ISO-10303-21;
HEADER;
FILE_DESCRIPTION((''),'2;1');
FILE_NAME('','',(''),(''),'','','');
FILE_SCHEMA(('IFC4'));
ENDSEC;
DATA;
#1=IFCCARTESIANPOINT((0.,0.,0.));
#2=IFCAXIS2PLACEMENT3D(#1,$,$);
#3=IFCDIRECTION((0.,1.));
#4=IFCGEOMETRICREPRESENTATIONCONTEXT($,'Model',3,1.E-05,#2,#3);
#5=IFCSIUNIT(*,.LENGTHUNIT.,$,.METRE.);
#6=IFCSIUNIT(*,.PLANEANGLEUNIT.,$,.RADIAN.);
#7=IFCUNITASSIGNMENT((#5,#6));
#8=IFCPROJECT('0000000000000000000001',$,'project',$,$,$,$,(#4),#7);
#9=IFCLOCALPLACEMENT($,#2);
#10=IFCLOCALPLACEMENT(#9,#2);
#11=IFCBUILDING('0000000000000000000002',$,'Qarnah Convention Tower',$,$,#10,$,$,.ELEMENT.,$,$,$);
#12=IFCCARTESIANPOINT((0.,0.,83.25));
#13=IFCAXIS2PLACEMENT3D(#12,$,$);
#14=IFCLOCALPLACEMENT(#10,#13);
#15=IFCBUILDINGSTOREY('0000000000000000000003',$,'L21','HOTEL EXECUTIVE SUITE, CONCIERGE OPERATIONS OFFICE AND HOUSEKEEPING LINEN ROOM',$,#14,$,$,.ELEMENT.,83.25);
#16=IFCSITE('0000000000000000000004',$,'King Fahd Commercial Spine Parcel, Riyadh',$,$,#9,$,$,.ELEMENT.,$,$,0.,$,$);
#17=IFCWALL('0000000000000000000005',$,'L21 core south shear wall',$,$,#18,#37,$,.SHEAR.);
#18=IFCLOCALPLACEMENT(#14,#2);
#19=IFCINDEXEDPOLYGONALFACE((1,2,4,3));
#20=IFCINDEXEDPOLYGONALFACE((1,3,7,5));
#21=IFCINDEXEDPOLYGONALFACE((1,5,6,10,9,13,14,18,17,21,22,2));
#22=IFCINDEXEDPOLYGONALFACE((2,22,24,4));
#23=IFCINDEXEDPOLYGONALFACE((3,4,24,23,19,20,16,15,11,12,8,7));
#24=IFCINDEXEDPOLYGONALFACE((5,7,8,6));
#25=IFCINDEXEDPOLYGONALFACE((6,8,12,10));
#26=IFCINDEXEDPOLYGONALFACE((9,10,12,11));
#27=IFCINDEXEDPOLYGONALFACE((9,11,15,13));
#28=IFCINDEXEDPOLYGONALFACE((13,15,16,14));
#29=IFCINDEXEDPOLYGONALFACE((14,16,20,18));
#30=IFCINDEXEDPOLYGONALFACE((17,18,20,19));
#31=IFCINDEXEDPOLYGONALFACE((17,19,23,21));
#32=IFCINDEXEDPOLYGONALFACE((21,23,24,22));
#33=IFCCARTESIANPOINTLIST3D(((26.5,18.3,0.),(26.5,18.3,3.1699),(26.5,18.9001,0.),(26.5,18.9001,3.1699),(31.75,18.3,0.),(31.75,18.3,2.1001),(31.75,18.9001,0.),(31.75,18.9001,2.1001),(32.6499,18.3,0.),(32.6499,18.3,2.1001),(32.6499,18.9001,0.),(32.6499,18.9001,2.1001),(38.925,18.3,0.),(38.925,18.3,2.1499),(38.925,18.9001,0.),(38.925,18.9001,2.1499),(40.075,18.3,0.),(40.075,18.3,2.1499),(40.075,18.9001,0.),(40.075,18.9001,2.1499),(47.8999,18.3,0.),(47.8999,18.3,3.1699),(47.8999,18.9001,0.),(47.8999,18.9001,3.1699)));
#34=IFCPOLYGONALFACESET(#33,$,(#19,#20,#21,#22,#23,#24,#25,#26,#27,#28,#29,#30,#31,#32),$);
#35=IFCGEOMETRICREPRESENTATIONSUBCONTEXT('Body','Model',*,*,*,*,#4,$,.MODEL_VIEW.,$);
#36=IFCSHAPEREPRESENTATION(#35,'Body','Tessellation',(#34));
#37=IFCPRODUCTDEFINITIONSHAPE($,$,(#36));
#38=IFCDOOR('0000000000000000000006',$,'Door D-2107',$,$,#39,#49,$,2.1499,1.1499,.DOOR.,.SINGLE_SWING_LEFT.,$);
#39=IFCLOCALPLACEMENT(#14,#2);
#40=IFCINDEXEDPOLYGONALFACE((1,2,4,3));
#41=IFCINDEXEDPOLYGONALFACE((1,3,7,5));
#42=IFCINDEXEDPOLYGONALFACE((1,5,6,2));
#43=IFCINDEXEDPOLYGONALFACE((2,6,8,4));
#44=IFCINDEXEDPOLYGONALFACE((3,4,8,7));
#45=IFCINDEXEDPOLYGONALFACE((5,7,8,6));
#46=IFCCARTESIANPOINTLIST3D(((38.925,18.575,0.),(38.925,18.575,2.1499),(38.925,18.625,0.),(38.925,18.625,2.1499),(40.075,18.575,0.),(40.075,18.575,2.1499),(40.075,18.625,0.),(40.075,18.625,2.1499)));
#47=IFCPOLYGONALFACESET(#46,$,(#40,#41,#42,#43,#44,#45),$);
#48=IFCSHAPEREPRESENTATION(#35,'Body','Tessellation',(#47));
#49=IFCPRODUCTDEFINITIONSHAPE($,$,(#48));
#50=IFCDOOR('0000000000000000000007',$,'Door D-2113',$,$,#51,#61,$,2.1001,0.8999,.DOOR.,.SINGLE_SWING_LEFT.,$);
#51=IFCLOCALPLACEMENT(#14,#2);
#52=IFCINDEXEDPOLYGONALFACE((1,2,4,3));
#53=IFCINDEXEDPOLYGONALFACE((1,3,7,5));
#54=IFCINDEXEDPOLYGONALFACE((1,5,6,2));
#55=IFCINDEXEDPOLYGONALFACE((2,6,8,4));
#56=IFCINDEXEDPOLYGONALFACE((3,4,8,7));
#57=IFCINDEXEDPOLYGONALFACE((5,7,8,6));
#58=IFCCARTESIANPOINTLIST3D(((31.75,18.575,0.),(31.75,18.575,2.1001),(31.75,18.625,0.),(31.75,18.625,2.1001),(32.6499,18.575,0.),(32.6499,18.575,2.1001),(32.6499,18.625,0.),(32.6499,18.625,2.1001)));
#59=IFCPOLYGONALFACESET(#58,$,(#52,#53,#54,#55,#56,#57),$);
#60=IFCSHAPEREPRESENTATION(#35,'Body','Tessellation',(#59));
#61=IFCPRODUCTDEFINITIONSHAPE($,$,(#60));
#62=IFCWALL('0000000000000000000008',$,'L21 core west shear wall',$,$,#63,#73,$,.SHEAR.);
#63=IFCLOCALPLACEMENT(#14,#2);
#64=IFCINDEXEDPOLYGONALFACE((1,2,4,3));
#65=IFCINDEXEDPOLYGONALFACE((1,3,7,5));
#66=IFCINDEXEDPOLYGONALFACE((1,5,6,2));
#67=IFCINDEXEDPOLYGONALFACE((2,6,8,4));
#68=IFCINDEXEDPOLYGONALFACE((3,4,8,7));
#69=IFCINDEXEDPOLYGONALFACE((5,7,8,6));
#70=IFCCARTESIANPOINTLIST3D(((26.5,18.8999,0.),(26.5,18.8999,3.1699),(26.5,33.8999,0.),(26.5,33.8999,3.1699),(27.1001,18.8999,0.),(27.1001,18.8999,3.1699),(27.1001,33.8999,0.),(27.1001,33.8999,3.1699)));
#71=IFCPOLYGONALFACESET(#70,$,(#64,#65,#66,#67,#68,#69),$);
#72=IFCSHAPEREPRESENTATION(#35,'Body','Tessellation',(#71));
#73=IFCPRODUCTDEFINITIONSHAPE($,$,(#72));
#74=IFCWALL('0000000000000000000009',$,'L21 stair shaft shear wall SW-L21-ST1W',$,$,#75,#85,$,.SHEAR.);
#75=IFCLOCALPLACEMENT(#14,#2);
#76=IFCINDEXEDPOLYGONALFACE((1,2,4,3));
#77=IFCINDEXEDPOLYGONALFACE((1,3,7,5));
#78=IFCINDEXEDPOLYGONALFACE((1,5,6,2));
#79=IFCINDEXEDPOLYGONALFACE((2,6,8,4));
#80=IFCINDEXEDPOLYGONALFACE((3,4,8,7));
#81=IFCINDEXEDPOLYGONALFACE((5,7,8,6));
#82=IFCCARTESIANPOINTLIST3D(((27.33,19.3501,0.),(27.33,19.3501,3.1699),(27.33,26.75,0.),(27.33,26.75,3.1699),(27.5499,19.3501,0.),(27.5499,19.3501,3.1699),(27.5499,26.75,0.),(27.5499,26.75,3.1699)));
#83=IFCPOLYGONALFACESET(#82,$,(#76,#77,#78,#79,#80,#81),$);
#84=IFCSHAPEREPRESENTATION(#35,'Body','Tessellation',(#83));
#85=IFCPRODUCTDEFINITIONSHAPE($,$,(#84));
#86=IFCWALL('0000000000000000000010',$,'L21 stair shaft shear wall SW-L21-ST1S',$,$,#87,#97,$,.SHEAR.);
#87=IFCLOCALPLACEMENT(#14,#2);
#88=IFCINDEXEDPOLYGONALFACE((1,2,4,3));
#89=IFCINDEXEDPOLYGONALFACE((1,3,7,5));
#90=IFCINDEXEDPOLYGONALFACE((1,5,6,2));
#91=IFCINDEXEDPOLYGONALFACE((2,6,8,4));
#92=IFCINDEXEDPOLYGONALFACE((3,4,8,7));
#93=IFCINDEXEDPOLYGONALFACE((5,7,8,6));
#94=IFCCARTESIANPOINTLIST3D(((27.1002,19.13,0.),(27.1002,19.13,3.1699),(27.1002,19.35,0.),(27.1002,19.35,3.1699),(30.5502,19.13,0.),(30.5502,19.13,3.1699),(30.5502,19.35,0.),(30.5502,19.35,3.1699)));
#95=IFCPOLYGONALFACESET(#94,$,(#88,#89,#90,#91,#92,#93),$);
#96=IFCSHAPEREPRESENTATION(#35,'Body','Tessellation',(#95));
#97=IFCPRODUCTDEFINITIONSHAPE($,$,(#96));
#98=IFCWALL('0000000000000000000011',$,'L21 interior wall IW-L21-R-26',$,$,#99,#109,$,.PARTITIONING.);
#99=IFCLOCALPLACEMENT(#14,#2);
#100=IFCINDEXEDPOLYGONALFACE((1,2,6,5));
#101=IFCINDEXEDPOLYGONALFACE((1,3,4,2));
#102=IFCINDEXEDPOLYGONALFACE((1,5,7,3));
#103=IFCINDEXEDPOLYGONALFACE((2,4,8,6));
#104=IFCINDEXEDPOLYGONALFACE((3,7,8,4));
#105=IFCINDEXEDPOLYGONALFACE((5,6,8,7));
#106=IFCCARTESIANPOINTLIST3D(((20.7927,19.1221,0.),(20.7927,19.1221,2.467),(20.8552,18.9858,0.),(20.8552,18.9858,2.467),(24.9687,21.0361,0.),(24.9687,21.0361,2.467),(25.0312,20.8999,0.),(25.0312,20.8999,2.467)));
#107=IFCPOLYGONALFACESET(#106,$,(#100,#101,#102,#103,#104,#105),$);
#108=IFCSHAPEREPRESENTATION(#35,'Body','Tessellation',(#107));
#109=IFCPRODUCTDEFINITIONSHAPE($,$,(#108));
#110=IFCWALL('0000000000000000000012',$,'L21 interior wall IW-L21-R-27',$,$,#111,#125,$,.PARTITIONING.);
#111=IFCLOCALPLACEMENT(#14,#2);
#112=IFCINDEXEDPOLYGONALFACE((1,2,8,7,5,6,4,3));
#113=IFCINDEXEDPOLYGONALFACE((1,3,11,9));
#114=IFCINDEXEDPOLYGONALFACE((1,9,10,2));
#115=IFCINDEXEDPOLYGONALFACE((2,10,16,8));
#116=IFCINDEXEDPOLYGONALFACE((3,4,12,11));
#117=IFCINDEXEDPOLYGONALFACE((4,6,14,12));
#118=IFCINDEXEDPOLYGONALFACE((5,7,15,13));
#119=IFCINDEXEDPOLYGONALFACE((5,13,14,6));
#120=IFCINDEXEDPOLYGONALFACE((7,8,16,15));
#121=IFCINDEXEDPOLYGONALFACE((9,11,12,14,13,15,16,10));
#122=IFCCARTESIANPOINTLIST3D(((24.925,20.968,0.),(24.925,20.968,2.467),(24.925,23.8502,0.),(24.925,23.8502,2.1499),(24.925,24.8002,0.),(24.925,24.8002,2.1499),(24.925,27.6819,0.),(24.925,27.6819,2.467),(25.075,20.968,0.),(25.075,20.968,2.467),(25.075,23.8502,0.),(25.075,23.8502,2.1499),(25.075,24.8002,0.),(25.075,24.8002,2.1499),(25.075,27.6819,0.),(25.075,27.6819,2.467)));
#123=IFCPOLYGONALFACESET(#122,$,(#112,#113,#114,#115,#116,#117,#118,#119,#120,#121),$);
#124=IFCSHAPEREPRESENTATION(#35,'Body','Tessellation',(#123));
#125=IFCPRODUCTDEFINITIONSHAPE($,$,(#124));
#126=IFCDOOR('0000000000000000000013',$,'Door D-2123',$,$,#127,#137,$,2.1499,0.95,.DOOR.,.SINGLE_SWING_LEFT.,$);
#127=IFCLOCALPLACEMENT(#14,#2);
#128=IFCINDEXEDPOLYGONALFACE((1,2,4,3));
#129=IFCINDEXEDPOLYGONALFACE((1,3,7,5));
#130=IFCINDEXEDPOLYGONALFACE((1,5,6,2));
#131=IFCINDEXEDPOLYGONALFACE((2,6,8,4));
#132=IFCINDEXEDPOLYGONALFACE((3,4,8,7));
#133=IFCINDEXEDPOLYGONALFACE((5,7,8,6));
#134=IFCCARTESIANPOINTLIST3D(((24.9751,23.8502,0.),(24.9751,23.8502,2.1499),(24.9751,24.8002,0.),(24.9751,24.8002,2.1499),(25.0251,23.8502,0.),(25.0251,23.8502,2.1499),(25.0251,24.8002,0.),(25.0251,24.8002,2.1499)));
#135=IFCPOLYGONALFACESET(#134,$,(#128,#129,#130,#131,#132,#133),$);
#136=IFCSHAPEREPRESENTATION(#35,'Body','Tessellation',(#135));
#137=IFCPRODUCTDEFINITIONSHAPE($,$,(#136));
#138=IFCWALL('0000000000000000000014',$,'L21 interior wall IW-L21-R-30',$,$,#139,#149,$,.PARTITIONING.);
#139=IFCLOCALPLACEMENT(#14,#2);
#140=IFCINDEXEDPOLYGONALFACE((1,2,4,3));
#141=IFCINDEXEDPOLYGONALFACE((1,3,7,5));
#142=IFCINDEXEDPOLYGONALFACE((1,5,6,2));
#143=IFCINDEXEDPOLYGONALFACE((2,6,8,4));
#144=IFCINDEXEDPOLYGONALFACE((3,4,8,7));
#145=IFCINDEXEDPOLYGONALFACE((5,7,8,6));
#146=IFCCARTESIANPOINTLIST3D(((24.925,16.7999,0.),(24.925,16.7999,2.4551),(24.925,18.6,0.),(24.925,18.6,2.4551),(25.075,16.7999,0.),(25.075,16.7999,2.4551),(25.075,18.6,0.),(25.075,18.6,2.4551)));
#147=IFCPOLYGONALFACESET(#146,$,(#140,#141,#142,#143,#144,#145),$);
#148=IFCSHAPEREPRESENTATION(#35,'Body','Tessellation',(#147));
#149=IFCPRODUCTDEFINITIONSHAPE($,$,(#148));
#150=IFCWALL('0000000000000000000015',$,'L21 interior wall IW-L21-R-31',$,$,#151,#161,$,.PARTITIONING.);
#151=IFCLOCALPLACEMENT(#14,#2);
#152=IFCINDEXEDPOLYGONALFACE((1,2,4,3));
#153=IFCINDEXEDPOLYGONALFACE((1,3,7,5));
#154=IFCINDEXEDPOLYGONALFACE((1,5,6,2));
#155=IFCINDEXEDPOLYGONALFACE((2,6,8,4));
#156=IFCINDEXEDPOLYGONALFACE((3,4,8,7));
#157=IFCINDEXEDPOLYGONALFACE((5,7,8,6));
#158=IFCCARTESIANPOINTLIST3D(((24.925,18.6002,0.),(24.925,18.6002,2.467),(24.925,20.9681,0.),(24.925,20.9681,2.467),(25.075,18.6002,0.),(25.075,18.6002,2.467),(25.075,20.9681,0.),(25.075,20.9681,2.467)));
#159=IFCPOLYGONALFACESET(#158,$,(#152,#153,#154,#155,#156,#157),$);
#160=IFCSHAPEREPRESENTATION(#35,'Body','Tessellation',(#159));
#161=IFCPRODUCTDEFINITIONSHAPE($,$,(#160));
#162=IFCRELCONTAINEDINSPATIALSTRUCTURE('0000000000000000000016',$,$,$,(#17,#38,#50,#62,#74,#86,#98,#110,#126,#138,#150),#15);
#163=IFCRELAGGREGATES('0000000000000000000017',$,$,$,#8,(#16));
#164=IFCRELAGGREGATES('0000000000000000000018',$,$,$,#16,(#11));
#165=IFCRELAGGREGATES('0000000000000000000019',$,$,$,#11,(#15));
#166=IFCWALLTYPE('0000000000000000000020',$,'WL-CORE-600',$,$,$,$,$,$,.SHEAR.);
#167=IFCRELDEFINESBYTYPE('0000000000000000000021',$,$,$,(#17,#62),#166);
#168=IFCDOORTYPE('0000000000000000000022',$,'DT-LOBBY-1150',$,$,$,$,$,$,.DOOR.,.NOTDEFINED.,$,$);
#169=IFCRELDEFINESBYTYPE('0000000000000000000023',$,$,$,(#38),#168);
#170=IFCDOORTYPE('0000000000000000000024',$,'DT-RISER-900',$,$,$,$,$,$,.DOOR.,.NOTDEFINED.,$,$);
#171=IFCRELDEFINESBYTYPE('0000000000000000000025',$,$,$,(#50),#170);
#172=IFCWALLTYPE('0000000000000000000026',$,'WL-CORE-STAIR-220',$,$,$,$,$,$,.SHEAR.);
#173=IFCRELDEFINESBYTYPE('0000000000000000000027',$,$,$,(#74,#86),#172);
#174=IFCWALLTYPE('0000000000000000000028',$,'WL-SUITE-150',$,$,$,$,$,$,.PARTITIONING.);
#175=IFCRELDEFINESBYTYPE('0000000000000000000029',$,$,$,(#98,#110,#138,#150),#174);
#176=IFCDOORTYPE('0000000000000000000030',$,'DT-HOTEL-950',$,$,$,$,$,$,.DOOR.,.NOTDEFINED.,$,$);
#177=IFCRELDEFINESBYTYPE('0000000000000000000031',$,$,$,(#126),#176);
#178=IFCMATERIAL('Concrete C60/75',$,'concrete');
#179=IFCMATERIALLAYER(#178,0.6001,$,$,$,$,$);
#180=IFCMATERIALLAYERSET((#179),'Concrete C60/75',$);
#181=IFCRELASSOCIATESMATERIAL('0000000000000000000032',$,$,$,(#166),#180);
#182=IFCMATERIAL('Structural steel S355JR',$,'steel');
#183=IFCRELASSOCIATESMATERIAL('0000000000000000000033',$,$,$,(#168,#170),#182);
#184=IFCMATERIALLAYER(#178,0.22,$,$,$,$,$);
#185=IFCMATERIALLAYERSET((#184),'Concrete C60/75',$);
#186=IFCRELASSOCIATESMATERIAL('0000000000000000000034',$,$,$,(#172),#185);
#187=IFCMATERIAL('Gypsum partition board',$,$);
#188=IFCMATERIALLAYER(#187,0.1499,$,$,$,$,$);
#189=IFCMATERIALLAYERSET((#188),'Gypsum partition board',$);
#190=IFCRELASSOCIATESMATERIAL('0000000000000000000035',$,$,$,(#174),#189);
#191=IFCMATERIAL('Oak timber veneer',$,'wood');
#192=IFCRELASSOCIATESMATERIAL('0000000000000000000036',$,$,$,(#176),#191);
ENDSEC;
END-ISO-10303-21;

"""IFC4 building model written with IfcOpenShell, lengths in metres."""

from ifc_helpers import new_model, si_unit, direction, frame, frame_2d, origin, place, context, subcontext, project, spatial, rectangle, extrude, material, layer, layer_set, type_object, element, fill, save


model = new_model("IFC4")

# Units and contexts
model_context = context("Model", 3, precision=1e-05, world=origin(), true_north=direction((0.0, 1.0)))
body_context = subcontext(model_context, "Body", "Model", "MODEL_VIEW")
ifc_project = project(units=[si_unit("LENGTHUNIT", "METRE"), si_unit("PLANEANGLEUNIT", "RADIAN")], contexts=[model_context])

# Site, building, storey
site_placement = place(None, origin())
site = spatial("IfcSite", under=ifc_project, at=site_placement, Name="King Fahd Commercial Spine Parcel, Riyadh", CompositionType="ELEMENT", RefElevation=0.0)
building_placement = place(site_placement, origin())
building = spatial("IfcBuilding", under=site, at=building_placement, Name="Qarnah Convention Tower", CompositionType="ELEMENT")
storey_placement = place(building_placement, frame((0.0, 0.0, 83.25)))
storey = spatial("IfcBuildingStorey", under=building, at=storey_placement, Name="L21", Description="HOTEL EXECUTIVE SUITE, CONCIERGE OPERATIONS OFFICE AND HOUSEKEEPING LINEN ROOM", CompositionType="ELEMENT", Elevation=83.25)

# Shared definitions
ifc_material_1 = material(Name="Concrete C60/75", Category="concrete")

# Shared definitions
ifc_material_2 = material(Name="Structural steel S355JR", Category="steel")

# Wall, openings, doors
ifc_layer_1 = layer(ifc_material_1, 0.6001)
ifc_layer_set_1 = layer_set([ifc_layer_1], Name="Concrete C60/75")
wall_type_1 = type_object("IfcWallType", Name="WL-CORE-600", PredefinedType="SHEAR", material=ifc_layer_set_1)
wall_1_placement = place(storey_placement, frame((26.5, 18.6001, 0.0), z_axis=(0.0, 0.0, 1.0), x_axis=(1.0, 0.0, 0.0)))
wall_1 = element("IfcWall", 1, at=wall_1_placement, inside=storey, type_object=wall_type_1, Name="L21 core south shear wall", PredefinedType="SHEAR", context=body_context, shape_type="SweptSolid", body=[
    extrude(rectangle(XDim=21.3999, YDim=0.6001, at=frame_2d((10.7, 0.0))), origin(), (0.0, 0.0, 1.0), 3.1699),
])
opening_1_placement = place(wall_1_placement, frame((12.425, 0.0, 0.0)))
opening_1 = element("IfcOpeningElement", 2, at=opening_1_placement, cuts=wall_1, PredefinedType="OPENING", context=body_context, shape_type="SweptSolid", body=[
    extrude(rectangle(XDim=1.1499, YDim=2.1499, at=frame_2d((0.575, 1.075))), frame((0.0, 0.3101, 0.0), z_axis=(0.0, -1.0, 0.0), x_axis=(1.0, 0.0, 0.0)), (0.0, 0.0, 1.0), 0.6201),
])
opening_2_placement = place(wall_1_placement, frame((5.25, 0.0, 0.0)))
opening_2 = element("IfcOpeningElement", 3, at=opening_2_placement, cuts=wall_1, PredefinedType="OPENING", context=body_context, shape_type="SweptSolid", body=[
    extrude(rectangle(XDim=0.8999, YDim=2.1001, at=frame_2d((0.45, 1.05))), frame((0.0, 0.3101, 0.0), z_axis=(0.0, -1.0, 0.0), x_axis=(1.0, 0.0, 0.0)), (0.0, 0.0, 1.0), 0.6201),
])
door_type_1 = type_object("IfcDoorType", Name="DT-LOBBY-1150", OperationType="NOTDEFINED", PredefinedType="DOOR", material=ifc_material_2)
door_1_placement = place(opening_1_placement, origin())
door_1 = element("IfcDoor", 4, at=door_1_placement, inside=storey, type_object=door_type_1, Name="Door D-2107", OperationType="SINGLE_SWING_LEFT", OverallHeight=2.1499, OverallWidth=1.1499, PredefinedType="DOOR", context=body_context, shape_type="SweptSolid", body=[
    extrude(rectangle(XDim=1.1499, YDim=2.1499, at=frame_2d((0.575, 1.075))), frame((0.0, 0.0249, 0.0), z_axis=(0.0, -1.0, 0.0), x_axis=(1.0, 0.0, 0.0)), (0.0, 0.0, 1.0), 0.05),
])
fill(opening_1, door_1)
door_type_2 = type_object("IfcDoorType", Name="DT-RISER-900", OperationType="NOTDEFINED", PredefinedType="DOOR", material=ifc_material_2)
door_2_placement = place(opening_2_placement, origin())
door_2 = element("IfcDoor", 5, at=door_2_placement, inside=storey, type_object=door_type_2, Name="Door D-2113", OperationType="SINGLE_SWING_LEFT", OverallHeight=2.1001, OverallWidth=0.8999, PredefinedType="DOOR", context=body_context, shape_type="SweptSolid", body=[
    extrude(rectangle(XDim=0.8999, YDim=2.1001, at=frame_2d((0.45, 1.05))), frame((0.0, 0.0249, 0.0), z_axis=(0.0, -1.0, 0.0), x_axis=(1.0, 0.0, 0.0)), (0.0, 0.0, 1.0), 0.05),
])
fill(opening_2, door_2)

# Walls
wall_2_placement = place(storey_placement, frame((26.8, 18.8999, 0.0), z_axis=(0.0, 0.0, 1.0), x_axis=(0.0, 1.0, 0.0)))
element("IfcWall", 6, at=wall_2_placement, inside=storey, type_object=wall_type_1, Name="L21 core west shear wall", PredefinedType="SHEAR", context=body_context, shape_type="SweptSolid", body=[
    extrude(rectangle(XDim=15.0, YDim=0.6001, at=frame_2d((7.5, 0.0))), origin(), (0.0, 0.0, 1.0), 3.1699),
])
ifc_layer_2 = layer(ifc_material_1, 0.22)
ifc_layer_set_2 = layer_set([ifc_layer_2], Name="Concrete C60/75")
wall_type_2 = type_object("IfcWallType", Name="WL-CORE-STAIR-220", PredefinedType="SHEAR", material=ifc_layer_set_2)
wall_3_placement = place(storey_placement, frame((27.4399, 19.3501, 0.0), z_axis=(0.0, 0.0, 1.0), x_axis=(0.0, 1.0, 0.0)))
element("IfcWall", 7, at=wall_3_placement, inside=storey, type_object=wall_type_2, Name="L21 stair shaft shear wall SW-L21-ST1W", PredefinedType="SHEAR", context=body_context, shape_type="SweptSolid", body=[
    extrude(rectangle(XDim=7.3999, YDim=0.22, at=frame_2d((3.7, 0.0))), origin(), (0.0, 0.0, 1.0), 3.1699),
])
wall_4_placement = place(storey_placement, frame((27.1001, 19.24, 0.0), z_axis=(0.0, 0.0, 1.0), x_axis=(1.0, 0.0, 0.0)))
element("IfcWall", 8, at=wall_4_placement, inside=storey, type_object=wall_type_2, Name="L21 stair shaft shear wall SW-L21-ST1S", PredefinedType="SHEAR", context=body_context, shape_type="SweptSolid", body=[
    extrude(rectangle(XDim=3.45, YDim=0.22, at=frame_2d((1.7251, 0.0))), origin(), (0.0, 0.0, 1.0), 3.1699),
])
ifc_material_3 = material(Name="Gypsum partition board")
ifc_layer_3 = layer(ifc_material_3, 0.1499)
ifc_layer_set_3 = layer_set([ifc_layer_3], Name="Gypsum partition board")
wall_type_3 = type_object("IfcWallType", Name="WL-SUITE-150", PredefinedType="PARTITIONING", material=ifc_layer_set_3)
wall_5_placement = place(storey_placement, frame((20.824, 19.054, 0.0), z_axis=(0.0, 0.0, 1.0), x_axis=(0.909061, 0.416664, 0.0)))
element("IfcWall", 9, at=wall_5_placement, inside=storey, type_object=wall_type_3, Name="L21 interior wall IW-L21-R-26", PredefinedType="PARTITIONING", context=body_context, shape_type="SweptSolid", body=[
    extrude(rectangle(XDim=4.5938, YDim=0.1499, at=frame_2d((2.2969, 0.0))), origin(), (0.0, 0.0, 1.0), 2.467),
])

# Wall, opening, door
wall_6_placement = place(storey_placement, frame((25.0, 20.968, 0.0), z_axis=(0.0, 0.0, 1.0), x_axis=(0.0, 1.0, 0.0)))
wall_6 = element("IfcWall", 10, at=wall_6_placement, inside=storey, type_object=wall_type_3, Name="L21 interior wall IW-L21-R-27", PredefinedType="PARTITIONING", context=body_context, shape_type="SweptSolid", body=[
    extrude(rectangle(XDim=6.7139, YDim=0.1499, at=frame_2d((3.3569, 0.0))), origin(), (0.0, 0.0, 1.0), 2.467),
])
opening_3_placement = place(wall_6_placement, frame((2.8821, 0.0, 0.0)))
opening_3 = element("IfcOpeningElement", 11, at=opening_3_placement, cuts=wall_6, PredefinedType="OPENING", context=body_context, shape_type="SweptSolid", body=[
    extrude(rectangle(XDim=0.95, YDim=2.1499, at=frame_2d((0.4751, 1.075))), frame((0.0, 0.085, 0.0), z_axis=(0.0, -1.0, 0.0), x_axis=(1.0, 0.0, 0.0)), (0.0, 0.0, 1.0), 0.1699),
])
ifc_material_4 = material(Name="Oak timber veneer", Category="wood")
door_type_3 = type_object("IfcDoorType", Name="DT-HOTEL-950", OperationType="NOTDEFINED", PredefinedType="DOOR", material=ifc_material_4)
door_3_placement = place(opening_3_placement, origin())
door_3 = element("IfcDoor", 12, at=door_3_placement, inside=storey, type_object=door_type_3, Name="Door D-2123", OperationType="SINGLE_SWING_LEFT", OverallHeight=2.1499, OverallWidth=0.95, PredefinedType="DOOR", context=body_context, shape_type="SweptSolid", body=[
    extrude(rectangle(XDim=0.95, YDim=2.1499, at=frame_2d((0.4751, 1.075))), frame((0.0, 0.0249, 0.0), z_axis=(0.0, -1.0, 0.0), x_axis=(1.0, 0.0, 0.0)), (0.0, 0.0, 1.0), 0.05),
])
fill(opening_3, door_3)

# Walls
wall_7_placement = place(storey_placement, frame((25.0, 16.8, 0.0), z_axis=(0.0, 0.0, 1.0), x_axis=(0.0, 1.0, 0.0)))
element("IfcWall", 13, at=wall_7_placement, inside=storey, type_object=wall_type_3, Name="L21 interior wall IW-L21-R-30", PredefinedType="PARTITIONING", context=body_context, shape_type="SweptSolid", body=[
    extrude(rectangle(XDim=1.8, YDim=0.1499, at=frame_2d((0.8999, 0.0))), origin(), (0.0, 0.0, 1.0), 2.4551),
])
wall_8_placement = place(storey_placement, frame((25.0, 18.6001, 0.0), z_axis=(0.0, 0.0, 1.0), x_axis=(0.0, 1.0, 0.0)))
element("IfcWall", 14, at=wall_8_placement, inside=storey, type_object=wall_type_3, Name="L21 interior wall IW-L21-R-31", PredefinedType="PARTITIONING", context=body_context, shape_type="SweptSolid", body=[
    extrude(rectangle(XDim=2.3679, YDim=0.1499, at=frame_2d((1.1841, 0.0))), origin(), (0.0, 0.0, 1.0), 2.467),
])

save(model, "model.ifc")
